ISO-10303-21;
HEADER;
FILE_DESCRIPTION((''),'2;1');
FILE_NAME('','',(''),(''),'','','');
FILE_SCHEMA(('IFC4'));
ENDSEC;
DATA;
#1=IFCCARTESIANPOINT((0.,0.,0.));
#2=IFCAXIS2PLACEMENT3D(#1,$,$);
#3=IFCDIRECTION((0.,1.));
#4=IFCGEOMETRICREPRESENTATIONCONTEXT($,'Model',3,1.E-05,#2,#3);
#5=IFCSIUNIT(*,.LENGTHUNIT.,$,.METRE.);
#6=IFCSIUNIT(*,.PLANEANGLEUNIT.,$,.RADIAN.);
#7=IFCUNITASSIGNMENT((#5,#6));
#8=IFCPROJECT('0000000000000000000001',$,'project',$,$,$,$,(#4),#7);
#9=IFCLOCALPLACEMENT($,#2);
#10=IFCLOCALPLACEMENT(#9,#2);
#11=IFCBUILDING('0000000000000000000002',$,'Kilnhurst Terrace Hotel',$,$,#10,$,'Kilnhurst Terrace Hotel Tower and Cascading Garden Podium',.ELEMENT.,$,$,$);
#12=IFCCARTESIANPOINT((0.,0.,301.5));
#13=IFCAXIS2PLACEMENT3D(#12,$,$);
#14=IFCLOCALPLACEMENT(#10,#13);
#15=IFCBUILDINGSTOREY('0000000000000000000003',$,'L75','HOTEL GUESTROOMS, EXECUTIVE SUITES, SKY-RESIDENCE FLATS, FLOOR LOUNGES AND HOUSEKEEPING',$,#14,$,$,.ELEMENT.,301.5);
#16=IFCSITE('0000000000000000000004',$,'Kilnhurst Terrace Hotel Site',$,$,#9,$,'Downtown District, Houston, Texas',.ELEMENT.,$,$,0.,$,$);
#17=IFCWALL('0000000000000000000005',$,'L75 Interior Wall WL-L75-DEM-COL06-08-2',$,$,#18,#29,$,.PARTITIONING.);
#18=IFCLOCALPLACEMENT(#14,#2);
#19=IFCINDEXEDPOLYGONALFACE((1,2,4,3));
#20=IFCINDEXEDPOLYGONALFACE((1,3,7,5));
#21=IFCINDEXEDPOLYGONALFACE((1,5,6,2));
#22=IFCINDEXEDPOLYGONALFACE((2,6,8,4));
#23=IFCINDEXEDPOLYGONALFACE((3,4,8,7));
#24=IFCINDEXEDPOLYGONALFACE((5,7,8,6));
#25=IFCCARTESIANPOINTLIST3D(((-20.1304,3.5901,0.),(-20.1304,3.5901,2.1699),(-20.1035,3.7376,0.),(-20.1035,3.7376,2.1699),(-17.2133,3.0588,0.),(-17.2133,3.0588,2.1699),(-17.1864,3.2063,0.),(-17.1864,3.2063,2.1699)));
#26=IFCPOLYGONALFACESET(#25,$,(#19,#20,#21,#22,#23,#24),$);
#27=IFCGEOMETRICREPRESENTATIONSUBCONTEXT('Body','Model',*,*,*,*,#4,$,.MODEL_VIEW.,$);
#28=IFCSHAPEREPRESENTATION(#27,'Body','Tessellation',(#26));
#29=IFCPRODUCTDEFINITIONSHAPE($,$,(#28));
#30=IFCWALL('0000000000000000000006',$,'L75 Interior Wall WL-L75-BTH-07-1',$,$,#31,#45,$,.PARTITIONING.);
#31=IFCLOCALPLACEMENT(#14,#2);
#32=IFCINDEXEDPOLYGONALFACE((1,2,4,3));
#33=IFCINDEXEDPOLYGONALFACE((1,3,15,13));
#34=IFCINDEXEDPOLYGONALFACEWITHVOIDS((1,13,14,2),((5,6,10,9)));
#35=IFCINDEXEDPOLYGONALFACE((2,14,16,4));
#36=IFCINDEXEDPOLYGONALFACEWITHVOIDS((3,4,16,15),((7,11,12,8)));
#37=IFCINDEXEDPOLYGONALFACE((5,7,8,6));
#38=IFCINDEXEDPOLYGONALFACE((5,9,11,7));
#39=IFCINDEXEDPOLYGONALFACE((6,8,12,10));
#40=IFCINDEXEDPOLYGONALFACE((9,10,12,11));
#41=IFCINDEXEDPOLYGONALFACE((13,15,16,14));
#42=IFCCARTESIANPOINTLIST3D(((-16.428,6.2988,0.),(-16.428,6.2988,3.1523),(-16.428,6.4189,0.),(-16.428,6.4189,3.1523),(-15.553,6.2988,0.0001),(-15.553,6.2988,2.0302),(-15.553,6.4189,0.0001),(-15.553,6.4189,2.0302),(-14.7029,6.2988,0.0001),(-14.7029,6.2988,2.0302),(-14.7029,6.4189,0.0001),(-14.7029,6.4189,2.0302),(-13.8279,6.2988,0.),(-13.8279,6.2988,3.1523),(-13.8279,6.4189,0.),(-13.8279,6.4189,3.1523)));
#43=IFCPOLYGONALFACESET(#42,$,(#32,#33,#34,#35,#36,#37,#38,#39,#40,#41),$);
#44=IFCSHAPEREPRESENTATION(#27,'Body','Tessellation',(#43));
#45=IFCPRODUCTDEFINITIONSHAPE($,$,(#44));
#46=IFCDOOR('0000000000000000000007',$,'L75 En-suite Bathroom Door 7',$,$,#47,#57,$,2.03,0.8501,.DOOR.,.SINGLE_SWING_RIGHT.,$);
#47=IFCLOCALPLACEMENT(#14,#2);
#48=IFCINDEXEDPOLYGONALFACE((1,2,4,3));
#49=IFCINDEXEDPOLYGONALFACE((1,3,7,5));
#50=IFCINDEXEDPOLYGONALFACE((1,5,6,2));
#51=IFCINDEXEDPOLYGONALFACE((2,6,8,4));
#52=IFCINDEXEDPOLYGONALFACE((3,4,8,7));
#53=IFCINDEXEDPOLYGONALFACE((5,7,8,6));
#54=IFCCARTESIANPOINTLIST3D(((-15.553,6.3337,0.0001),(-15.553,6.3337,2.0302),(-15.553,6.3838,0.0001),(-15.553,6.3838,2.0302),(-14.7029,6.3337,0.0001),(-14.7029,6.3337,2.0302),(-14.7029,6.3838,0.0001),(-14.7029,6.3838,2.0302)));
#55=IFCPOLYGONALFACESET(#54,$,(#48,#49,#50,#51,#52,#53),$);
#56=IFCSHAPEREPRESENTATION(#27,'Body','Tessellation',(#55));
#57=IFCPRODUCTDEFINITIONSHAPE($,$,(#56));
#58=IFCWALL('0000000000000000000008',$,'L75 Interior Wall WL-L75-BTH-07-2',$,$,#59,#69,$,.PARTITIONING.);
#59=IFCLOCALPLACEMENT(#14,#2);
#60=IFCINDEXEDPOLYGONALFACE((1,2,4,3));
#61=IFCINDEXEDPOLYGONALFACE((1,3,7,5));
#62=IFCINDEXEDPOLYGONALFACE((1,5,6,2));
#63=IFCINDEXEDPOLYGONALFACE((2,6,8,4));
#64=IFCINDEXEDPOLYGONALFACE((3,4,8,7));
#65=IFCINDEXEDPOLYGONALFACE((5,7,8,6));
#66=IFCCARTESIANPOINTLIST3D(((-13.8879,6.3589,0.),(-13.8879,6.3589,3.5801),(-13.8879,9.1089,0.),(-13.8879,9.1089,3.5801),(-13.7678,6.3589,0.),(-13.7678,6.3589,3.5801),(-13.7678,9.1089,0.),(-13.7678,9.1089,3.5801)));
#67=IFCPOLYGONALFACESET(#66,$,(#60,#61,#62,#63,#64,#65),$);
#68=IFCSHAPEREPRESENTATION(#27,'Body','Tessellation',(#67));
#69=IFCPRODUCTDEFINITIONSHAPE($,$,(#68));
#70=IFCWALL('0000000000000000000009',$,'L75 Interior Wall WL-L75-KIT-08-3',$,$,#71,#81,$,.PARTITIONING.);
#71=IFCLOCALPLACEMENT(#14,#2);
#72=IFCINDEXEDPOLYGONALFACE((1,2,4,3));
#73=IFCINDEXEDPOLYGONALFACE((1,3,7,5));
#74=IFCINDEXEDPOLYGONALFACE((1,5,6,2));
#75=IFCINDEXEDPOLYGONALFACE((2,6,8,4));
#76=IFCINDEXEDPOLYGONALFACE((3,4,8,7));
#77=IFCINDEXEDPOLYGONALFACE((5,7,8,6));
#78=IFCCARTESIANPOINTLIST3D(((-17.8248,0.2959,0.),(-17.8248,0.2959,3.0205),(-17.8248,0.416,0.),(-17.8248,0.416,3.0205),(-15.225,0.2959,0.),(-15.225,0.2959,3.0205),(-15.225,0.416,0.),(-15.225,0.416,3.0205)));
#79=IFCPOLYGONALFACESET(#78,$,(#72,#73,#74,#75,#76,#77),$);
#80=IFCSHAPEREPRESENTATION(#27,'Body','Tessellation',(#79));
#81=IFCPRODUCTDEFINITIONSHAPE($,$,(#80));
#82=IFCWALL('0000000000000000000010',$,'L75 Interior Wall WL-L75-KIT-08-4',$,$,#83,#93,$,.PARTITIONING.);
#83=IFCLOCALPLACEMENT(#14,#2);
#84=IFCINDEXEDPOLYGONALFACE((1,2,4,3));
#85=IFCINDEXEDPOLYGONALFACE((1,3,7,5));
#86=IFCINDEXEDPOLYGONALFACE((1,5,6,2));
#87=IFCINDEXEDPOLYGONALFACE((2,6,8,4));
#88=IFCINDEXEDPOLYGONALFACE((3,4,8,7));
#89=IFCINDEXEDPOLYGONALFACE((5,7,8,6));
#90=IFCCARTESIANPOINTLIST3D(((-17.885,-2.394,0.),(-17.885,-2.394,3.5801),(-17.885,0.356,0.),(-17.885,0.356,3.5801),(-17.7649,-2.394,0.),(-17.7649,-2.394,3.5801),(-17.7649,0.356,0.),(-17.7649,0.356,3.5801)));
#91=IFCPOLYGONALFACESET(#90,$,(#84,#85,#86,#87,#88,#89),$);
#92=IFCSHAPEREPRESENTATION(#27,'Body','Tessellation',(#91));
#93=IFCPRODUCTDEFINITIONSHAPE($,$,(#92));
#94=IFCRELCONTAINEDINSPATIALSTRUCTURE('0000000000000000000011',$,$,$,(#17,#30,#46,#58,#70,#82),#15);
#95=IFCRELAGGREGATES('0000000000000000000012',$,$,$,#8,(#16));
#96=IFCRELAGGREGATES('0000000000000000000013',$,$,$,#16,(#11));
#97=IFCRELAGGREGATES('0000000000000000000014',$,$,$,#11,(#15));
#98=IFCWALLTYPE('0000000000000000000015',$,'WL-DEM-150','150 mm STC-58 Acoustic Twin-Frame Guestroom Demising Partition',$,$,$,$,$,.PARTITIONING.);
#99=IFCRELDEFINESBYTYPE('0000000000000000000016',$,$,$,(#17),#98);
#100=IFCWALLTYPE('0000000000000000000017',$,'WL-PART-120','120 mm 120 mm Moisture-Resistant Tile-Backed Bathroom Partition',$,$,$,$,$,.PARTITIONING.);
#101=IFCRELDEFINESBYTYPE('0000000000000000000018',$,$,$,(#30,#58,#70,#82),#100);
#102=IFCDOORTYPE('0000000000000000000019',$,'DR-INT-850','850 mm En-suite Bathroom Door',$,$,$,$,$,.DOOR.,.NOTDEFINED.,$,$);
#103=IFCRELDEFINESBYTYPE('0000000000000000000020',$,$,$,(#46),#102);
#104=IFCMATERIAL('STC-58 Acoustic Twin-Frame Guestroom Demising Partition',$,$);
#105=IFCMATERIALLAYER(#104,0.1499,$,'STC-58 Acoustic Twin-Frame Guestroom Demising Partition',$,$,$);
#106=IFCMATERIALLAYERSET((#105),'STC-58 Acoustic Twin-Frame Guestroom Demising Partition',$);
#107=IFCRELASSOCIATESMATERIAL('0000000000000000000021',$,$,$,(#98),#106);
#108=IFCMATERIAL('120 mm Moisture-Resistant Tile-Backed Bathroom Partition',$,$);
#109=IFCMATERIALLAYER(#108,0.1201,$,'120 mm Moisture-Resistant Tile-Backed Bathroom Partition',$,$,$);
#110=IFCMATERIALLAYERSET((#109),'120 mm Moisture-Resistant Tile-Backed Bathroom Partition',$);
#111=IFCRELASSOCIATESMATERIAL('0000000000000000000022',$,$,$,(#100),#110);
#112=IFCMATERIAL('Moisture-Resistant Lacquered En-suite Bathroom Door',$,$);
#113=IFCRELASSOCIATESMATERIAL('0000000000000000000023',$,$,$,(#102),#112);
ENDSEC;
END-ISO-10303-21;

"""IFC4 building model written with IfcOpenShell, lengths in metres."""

from ifc_helpers import new_model, si_unit, direction, frame, frame_2d, origin, place, context, subcontext, project, spatial, rectangle, extrude, material, layer, layer_set, type_object, element, fill, save


model = new_model("IFC4")

# Units and contexts
model_context = context("Model", 3, precision=1e-05, world=origin(), true_north=direction((0.0, 1.0)))
body_context = subcontext(model_context, "Body", "Model", "MODEL_VIEW")
ifc_project = project(units=[si_unit("LENGTHUNIT", "METRE"), si_unit("PLANEANGLEUNIT", "RADIAN")], contexts=[model_context])

# Site, building, storey
site_placement = place(None, origin())
site = spatial("IfcSite", under=ifc_project, at=site_placement, Name="Kilnhurst Terrace Hotel Site", LongName="Downtown District, Houston, Texas", CompositionType="ELEMENT", RefElevation=0.0)
building_placement = place(site_placement, origin())
building = spatial("IfcBuilding", under=site, at=building_placement, Name="Kilnhurst Terrace Hotel", LongName="Kilnhurst Terrace Hotel Tower and Cascading Garden Podium", CompositionType="ELEMENT")
storey_placement = place(building_placement, frame((0.0, 0.0, 301.5)))
storey = spatial("IfcBuildingStorey", under=building, at=storey_placement, Name="L75", Description="HOTEL GUESTROOMS, EXECUTIVE SUITES, SKY-RESIDENCE FLATS, FLOOR LOUNGES AND HOUSEKEEPING", CompositionType="ELEMENT", Elevation=301.5)

# Wall
ifc_material_1 = material(Name="STC-58 Acoustic Twin-Frame Guestroom Demising Partition")
ifc_layer_1 = layer(ifc_material_1, 0.1499, Name="STC-58 Acoustic Twin-Frame Guestroom Demising Partition")
ifc_layer_set_1 = layer_set([ifc_layer_1], Name="STC-58 Acoustic Twin-Frame Guestroom Demising Partition")
wall_type_1 = type_object("IfcWallType", Name="WL-DEM-150", Description="150 mm STC-58 Acoustic Twin-Frame Guestroom Demising Partition", PredefinedType="PARTITIONING", material=ifc_layer_set_1)
wall_1_placement = place(storey_placement, frame((-17.2, 3.1326, 0.0), z_axis=(0.0, 0.0, 1.0), x_axis=(-0.983817, 0.179175, 0.0)))
element("IfcWall", 1, at=wall_1_placement, inside=storey, type_object=wall_type_1, Name="L75 Interior Wall WL-L75-DEM-COL06-08-2", PredefinedType="PARTITIONING", context=body_context, shape_type="SweptSolid", body=[
    extrude(rectangle(XDim=2.9651, YDim=0.1499, at=frame_2d((1.4824, 0.0))), origin(), (0.0, 0.0, 1.0), 2.1699),
])

# Wall, opening, door
ifc_material_2 = material(Name="120 mm Moisture-Resistant Tile-Backed Bathroom Partition")
ifc_layer_2 = layer(ifc_material_2, 0.1201, Name="120 mm Moisture-Resistant Tile-Backed Bathroom Partition")
ifc_layer_set_2 = layer_set([ifc_layer_2], Name="120 mm Moisture-Resistant Tile-Backed Bathroom Partition")
wall_type_2 = type_object("IfcWallType", Name="WL-PART-120", Description="120 mm 120 mm Moisture-Resistant Tile-Backed Bathroom Partition", PredefinedType="PARTITIONING", material=ifc_layer_set_2)
wall_2_placement = place(storey_placement, frame((-16.428, 6.3589, 0.0), z_axis=(0.0, 0.0, 1.0), x_axis=(1.0, 0.0, 0.0)))
wall_2 = element("IfcWall", 2, at=wall_2_placement, inside=storey, type_object=wall_type_2, Name="L75 Interior Wall WL-L75-BTH-07-1", PredefinedType="PARTITIONING", context=body_context, shape_type="SweptSolid", body=[
    extrude(rectangle(XDim=2.6001, YDim=0.1201, at=frame_2d((1.3, 0.0))), origin(), (0.0, 0.0, 1.0), 3.1523),
])
opening_1_placement = place(wall_2_placement, frame((0.875, 0.0, 0.0)))
opening_1 = element("IfcOpeningElement", 3, at=opening_1_placement, cuts=wall_2, PredefinedType="OPENING", context=body_context, shape_type="SweptSolid", body=[
    extrude(rectangle(XDim=0.8501, YDim=2.03, at=frame_2d((0.425, 1.0151))), frame((0.0, 0.0701, 0.0), z_axis=(0.0, -1.0, 0.0), x_axis=(1.0, 0.0, 0.0)), (0.0, 0.0, 1.0), 0.1401),
])
ifc_material_3 = material(Name="Moisture-Resistant Lacquered En-suite Bathroom Door")
door_type_1 = type_object("IfcDoorType", Name="DR-INT-850", Description="850 mm En-suite Bathroom Door", OperationType="NOTDEFINED", PredefinedType="DOOR", material=ifc_material_3)
door_1_placement = place(opening_1_placement, origin())
door_1 = element("IfcDoor", 4, at=door_1_placement, inside=storey, type_object=door_type_1, Name="L75 En-suite Bathroom Door 7", OperationType="SINGLE_SWING_RIGHT", OverallHeight=2.03, OverallWidth=0.8501, PredefinedType="DOOR", context=body_context, shape_type="SweptSolid", body=[
    extrude(rectangle(XDim=0.8501, YDim=2.03, at=frame_2d((0.425, 1.0151))), frame((0.0, 0.0249, 0.0), z_axis=(0.0, -1.0, 0.0), x_axis=(1.0, 0.0, 0.0)), (0.0, 0.0, 1.0), 0.05),
])
fill(opening_1, door_1)

# Walls
wall_3_placement = place(storey_placement, frame((-13.8279, 6.3589, 0.0), z_axis=(0.0, 0.0, 1.0), x_axis=(0.0, 1.0, 0.0)))
element("IfcWall", 5, at=wall_3_placement, inside=storey, type_object=wall_type_2, Name="L75 Interior Wall WL-L75-BTH-07-2", PredefinedType="PARTITIONING", context=body_context, shape_type="SweptSolid", body=[
    extrude(rectangle(XDim=2.75, YDim=0.1201, at=frame_2d((1.375, 0.0))), origin(), (0.0, 0.0, 1.0), 3.5801),
])
wall_4_placement = place(storey_placement, frame((-15.2251, 0.356, 0.0), z_axis=(0.0, 0.0, 1.0), x_axis=(-1.0, 0.0, 0.0)))
element("IfcWall", 6, at=wall_4_placement, inside=storey, type_object=wall_type_2, Name="L75 Interior Wall WL-L75-KIT-08-3", PredefinedType="PARTITIONING", context=body_context, shape_type="SweptSolid", body=[
    extrude(rectangle(XDim=2.5999, YDim=0.1201, at=frame_2d((1.2998, 0.0))), origin(), (0.0, 0.0, 1.0), 3.0205),
])
wall_5_placement = place(storey_placement, frame((-17.825, 0.356, 0.0), z_axis=(0.0, 0.0, 1.0), x_axis=(0.0, -1.0, 0.0)))
element("IfcWall", 7, at=wall_5_placement, inside=storey, type_object=wall_type_2, Name="L75 Interior Wall WL-L75-KIT-08-4", PredefinedType="PARTITIONING", context=body_context, shape_type="SweptSolid", body=[
    extrude(rectangle(XDim=2.75, YDim=0.1201, at=frame_2d((1.375, 0.0))), origin(), (0.0, 0.0, 1.0), 3.5801),
])

save(model, "model.ifc")
